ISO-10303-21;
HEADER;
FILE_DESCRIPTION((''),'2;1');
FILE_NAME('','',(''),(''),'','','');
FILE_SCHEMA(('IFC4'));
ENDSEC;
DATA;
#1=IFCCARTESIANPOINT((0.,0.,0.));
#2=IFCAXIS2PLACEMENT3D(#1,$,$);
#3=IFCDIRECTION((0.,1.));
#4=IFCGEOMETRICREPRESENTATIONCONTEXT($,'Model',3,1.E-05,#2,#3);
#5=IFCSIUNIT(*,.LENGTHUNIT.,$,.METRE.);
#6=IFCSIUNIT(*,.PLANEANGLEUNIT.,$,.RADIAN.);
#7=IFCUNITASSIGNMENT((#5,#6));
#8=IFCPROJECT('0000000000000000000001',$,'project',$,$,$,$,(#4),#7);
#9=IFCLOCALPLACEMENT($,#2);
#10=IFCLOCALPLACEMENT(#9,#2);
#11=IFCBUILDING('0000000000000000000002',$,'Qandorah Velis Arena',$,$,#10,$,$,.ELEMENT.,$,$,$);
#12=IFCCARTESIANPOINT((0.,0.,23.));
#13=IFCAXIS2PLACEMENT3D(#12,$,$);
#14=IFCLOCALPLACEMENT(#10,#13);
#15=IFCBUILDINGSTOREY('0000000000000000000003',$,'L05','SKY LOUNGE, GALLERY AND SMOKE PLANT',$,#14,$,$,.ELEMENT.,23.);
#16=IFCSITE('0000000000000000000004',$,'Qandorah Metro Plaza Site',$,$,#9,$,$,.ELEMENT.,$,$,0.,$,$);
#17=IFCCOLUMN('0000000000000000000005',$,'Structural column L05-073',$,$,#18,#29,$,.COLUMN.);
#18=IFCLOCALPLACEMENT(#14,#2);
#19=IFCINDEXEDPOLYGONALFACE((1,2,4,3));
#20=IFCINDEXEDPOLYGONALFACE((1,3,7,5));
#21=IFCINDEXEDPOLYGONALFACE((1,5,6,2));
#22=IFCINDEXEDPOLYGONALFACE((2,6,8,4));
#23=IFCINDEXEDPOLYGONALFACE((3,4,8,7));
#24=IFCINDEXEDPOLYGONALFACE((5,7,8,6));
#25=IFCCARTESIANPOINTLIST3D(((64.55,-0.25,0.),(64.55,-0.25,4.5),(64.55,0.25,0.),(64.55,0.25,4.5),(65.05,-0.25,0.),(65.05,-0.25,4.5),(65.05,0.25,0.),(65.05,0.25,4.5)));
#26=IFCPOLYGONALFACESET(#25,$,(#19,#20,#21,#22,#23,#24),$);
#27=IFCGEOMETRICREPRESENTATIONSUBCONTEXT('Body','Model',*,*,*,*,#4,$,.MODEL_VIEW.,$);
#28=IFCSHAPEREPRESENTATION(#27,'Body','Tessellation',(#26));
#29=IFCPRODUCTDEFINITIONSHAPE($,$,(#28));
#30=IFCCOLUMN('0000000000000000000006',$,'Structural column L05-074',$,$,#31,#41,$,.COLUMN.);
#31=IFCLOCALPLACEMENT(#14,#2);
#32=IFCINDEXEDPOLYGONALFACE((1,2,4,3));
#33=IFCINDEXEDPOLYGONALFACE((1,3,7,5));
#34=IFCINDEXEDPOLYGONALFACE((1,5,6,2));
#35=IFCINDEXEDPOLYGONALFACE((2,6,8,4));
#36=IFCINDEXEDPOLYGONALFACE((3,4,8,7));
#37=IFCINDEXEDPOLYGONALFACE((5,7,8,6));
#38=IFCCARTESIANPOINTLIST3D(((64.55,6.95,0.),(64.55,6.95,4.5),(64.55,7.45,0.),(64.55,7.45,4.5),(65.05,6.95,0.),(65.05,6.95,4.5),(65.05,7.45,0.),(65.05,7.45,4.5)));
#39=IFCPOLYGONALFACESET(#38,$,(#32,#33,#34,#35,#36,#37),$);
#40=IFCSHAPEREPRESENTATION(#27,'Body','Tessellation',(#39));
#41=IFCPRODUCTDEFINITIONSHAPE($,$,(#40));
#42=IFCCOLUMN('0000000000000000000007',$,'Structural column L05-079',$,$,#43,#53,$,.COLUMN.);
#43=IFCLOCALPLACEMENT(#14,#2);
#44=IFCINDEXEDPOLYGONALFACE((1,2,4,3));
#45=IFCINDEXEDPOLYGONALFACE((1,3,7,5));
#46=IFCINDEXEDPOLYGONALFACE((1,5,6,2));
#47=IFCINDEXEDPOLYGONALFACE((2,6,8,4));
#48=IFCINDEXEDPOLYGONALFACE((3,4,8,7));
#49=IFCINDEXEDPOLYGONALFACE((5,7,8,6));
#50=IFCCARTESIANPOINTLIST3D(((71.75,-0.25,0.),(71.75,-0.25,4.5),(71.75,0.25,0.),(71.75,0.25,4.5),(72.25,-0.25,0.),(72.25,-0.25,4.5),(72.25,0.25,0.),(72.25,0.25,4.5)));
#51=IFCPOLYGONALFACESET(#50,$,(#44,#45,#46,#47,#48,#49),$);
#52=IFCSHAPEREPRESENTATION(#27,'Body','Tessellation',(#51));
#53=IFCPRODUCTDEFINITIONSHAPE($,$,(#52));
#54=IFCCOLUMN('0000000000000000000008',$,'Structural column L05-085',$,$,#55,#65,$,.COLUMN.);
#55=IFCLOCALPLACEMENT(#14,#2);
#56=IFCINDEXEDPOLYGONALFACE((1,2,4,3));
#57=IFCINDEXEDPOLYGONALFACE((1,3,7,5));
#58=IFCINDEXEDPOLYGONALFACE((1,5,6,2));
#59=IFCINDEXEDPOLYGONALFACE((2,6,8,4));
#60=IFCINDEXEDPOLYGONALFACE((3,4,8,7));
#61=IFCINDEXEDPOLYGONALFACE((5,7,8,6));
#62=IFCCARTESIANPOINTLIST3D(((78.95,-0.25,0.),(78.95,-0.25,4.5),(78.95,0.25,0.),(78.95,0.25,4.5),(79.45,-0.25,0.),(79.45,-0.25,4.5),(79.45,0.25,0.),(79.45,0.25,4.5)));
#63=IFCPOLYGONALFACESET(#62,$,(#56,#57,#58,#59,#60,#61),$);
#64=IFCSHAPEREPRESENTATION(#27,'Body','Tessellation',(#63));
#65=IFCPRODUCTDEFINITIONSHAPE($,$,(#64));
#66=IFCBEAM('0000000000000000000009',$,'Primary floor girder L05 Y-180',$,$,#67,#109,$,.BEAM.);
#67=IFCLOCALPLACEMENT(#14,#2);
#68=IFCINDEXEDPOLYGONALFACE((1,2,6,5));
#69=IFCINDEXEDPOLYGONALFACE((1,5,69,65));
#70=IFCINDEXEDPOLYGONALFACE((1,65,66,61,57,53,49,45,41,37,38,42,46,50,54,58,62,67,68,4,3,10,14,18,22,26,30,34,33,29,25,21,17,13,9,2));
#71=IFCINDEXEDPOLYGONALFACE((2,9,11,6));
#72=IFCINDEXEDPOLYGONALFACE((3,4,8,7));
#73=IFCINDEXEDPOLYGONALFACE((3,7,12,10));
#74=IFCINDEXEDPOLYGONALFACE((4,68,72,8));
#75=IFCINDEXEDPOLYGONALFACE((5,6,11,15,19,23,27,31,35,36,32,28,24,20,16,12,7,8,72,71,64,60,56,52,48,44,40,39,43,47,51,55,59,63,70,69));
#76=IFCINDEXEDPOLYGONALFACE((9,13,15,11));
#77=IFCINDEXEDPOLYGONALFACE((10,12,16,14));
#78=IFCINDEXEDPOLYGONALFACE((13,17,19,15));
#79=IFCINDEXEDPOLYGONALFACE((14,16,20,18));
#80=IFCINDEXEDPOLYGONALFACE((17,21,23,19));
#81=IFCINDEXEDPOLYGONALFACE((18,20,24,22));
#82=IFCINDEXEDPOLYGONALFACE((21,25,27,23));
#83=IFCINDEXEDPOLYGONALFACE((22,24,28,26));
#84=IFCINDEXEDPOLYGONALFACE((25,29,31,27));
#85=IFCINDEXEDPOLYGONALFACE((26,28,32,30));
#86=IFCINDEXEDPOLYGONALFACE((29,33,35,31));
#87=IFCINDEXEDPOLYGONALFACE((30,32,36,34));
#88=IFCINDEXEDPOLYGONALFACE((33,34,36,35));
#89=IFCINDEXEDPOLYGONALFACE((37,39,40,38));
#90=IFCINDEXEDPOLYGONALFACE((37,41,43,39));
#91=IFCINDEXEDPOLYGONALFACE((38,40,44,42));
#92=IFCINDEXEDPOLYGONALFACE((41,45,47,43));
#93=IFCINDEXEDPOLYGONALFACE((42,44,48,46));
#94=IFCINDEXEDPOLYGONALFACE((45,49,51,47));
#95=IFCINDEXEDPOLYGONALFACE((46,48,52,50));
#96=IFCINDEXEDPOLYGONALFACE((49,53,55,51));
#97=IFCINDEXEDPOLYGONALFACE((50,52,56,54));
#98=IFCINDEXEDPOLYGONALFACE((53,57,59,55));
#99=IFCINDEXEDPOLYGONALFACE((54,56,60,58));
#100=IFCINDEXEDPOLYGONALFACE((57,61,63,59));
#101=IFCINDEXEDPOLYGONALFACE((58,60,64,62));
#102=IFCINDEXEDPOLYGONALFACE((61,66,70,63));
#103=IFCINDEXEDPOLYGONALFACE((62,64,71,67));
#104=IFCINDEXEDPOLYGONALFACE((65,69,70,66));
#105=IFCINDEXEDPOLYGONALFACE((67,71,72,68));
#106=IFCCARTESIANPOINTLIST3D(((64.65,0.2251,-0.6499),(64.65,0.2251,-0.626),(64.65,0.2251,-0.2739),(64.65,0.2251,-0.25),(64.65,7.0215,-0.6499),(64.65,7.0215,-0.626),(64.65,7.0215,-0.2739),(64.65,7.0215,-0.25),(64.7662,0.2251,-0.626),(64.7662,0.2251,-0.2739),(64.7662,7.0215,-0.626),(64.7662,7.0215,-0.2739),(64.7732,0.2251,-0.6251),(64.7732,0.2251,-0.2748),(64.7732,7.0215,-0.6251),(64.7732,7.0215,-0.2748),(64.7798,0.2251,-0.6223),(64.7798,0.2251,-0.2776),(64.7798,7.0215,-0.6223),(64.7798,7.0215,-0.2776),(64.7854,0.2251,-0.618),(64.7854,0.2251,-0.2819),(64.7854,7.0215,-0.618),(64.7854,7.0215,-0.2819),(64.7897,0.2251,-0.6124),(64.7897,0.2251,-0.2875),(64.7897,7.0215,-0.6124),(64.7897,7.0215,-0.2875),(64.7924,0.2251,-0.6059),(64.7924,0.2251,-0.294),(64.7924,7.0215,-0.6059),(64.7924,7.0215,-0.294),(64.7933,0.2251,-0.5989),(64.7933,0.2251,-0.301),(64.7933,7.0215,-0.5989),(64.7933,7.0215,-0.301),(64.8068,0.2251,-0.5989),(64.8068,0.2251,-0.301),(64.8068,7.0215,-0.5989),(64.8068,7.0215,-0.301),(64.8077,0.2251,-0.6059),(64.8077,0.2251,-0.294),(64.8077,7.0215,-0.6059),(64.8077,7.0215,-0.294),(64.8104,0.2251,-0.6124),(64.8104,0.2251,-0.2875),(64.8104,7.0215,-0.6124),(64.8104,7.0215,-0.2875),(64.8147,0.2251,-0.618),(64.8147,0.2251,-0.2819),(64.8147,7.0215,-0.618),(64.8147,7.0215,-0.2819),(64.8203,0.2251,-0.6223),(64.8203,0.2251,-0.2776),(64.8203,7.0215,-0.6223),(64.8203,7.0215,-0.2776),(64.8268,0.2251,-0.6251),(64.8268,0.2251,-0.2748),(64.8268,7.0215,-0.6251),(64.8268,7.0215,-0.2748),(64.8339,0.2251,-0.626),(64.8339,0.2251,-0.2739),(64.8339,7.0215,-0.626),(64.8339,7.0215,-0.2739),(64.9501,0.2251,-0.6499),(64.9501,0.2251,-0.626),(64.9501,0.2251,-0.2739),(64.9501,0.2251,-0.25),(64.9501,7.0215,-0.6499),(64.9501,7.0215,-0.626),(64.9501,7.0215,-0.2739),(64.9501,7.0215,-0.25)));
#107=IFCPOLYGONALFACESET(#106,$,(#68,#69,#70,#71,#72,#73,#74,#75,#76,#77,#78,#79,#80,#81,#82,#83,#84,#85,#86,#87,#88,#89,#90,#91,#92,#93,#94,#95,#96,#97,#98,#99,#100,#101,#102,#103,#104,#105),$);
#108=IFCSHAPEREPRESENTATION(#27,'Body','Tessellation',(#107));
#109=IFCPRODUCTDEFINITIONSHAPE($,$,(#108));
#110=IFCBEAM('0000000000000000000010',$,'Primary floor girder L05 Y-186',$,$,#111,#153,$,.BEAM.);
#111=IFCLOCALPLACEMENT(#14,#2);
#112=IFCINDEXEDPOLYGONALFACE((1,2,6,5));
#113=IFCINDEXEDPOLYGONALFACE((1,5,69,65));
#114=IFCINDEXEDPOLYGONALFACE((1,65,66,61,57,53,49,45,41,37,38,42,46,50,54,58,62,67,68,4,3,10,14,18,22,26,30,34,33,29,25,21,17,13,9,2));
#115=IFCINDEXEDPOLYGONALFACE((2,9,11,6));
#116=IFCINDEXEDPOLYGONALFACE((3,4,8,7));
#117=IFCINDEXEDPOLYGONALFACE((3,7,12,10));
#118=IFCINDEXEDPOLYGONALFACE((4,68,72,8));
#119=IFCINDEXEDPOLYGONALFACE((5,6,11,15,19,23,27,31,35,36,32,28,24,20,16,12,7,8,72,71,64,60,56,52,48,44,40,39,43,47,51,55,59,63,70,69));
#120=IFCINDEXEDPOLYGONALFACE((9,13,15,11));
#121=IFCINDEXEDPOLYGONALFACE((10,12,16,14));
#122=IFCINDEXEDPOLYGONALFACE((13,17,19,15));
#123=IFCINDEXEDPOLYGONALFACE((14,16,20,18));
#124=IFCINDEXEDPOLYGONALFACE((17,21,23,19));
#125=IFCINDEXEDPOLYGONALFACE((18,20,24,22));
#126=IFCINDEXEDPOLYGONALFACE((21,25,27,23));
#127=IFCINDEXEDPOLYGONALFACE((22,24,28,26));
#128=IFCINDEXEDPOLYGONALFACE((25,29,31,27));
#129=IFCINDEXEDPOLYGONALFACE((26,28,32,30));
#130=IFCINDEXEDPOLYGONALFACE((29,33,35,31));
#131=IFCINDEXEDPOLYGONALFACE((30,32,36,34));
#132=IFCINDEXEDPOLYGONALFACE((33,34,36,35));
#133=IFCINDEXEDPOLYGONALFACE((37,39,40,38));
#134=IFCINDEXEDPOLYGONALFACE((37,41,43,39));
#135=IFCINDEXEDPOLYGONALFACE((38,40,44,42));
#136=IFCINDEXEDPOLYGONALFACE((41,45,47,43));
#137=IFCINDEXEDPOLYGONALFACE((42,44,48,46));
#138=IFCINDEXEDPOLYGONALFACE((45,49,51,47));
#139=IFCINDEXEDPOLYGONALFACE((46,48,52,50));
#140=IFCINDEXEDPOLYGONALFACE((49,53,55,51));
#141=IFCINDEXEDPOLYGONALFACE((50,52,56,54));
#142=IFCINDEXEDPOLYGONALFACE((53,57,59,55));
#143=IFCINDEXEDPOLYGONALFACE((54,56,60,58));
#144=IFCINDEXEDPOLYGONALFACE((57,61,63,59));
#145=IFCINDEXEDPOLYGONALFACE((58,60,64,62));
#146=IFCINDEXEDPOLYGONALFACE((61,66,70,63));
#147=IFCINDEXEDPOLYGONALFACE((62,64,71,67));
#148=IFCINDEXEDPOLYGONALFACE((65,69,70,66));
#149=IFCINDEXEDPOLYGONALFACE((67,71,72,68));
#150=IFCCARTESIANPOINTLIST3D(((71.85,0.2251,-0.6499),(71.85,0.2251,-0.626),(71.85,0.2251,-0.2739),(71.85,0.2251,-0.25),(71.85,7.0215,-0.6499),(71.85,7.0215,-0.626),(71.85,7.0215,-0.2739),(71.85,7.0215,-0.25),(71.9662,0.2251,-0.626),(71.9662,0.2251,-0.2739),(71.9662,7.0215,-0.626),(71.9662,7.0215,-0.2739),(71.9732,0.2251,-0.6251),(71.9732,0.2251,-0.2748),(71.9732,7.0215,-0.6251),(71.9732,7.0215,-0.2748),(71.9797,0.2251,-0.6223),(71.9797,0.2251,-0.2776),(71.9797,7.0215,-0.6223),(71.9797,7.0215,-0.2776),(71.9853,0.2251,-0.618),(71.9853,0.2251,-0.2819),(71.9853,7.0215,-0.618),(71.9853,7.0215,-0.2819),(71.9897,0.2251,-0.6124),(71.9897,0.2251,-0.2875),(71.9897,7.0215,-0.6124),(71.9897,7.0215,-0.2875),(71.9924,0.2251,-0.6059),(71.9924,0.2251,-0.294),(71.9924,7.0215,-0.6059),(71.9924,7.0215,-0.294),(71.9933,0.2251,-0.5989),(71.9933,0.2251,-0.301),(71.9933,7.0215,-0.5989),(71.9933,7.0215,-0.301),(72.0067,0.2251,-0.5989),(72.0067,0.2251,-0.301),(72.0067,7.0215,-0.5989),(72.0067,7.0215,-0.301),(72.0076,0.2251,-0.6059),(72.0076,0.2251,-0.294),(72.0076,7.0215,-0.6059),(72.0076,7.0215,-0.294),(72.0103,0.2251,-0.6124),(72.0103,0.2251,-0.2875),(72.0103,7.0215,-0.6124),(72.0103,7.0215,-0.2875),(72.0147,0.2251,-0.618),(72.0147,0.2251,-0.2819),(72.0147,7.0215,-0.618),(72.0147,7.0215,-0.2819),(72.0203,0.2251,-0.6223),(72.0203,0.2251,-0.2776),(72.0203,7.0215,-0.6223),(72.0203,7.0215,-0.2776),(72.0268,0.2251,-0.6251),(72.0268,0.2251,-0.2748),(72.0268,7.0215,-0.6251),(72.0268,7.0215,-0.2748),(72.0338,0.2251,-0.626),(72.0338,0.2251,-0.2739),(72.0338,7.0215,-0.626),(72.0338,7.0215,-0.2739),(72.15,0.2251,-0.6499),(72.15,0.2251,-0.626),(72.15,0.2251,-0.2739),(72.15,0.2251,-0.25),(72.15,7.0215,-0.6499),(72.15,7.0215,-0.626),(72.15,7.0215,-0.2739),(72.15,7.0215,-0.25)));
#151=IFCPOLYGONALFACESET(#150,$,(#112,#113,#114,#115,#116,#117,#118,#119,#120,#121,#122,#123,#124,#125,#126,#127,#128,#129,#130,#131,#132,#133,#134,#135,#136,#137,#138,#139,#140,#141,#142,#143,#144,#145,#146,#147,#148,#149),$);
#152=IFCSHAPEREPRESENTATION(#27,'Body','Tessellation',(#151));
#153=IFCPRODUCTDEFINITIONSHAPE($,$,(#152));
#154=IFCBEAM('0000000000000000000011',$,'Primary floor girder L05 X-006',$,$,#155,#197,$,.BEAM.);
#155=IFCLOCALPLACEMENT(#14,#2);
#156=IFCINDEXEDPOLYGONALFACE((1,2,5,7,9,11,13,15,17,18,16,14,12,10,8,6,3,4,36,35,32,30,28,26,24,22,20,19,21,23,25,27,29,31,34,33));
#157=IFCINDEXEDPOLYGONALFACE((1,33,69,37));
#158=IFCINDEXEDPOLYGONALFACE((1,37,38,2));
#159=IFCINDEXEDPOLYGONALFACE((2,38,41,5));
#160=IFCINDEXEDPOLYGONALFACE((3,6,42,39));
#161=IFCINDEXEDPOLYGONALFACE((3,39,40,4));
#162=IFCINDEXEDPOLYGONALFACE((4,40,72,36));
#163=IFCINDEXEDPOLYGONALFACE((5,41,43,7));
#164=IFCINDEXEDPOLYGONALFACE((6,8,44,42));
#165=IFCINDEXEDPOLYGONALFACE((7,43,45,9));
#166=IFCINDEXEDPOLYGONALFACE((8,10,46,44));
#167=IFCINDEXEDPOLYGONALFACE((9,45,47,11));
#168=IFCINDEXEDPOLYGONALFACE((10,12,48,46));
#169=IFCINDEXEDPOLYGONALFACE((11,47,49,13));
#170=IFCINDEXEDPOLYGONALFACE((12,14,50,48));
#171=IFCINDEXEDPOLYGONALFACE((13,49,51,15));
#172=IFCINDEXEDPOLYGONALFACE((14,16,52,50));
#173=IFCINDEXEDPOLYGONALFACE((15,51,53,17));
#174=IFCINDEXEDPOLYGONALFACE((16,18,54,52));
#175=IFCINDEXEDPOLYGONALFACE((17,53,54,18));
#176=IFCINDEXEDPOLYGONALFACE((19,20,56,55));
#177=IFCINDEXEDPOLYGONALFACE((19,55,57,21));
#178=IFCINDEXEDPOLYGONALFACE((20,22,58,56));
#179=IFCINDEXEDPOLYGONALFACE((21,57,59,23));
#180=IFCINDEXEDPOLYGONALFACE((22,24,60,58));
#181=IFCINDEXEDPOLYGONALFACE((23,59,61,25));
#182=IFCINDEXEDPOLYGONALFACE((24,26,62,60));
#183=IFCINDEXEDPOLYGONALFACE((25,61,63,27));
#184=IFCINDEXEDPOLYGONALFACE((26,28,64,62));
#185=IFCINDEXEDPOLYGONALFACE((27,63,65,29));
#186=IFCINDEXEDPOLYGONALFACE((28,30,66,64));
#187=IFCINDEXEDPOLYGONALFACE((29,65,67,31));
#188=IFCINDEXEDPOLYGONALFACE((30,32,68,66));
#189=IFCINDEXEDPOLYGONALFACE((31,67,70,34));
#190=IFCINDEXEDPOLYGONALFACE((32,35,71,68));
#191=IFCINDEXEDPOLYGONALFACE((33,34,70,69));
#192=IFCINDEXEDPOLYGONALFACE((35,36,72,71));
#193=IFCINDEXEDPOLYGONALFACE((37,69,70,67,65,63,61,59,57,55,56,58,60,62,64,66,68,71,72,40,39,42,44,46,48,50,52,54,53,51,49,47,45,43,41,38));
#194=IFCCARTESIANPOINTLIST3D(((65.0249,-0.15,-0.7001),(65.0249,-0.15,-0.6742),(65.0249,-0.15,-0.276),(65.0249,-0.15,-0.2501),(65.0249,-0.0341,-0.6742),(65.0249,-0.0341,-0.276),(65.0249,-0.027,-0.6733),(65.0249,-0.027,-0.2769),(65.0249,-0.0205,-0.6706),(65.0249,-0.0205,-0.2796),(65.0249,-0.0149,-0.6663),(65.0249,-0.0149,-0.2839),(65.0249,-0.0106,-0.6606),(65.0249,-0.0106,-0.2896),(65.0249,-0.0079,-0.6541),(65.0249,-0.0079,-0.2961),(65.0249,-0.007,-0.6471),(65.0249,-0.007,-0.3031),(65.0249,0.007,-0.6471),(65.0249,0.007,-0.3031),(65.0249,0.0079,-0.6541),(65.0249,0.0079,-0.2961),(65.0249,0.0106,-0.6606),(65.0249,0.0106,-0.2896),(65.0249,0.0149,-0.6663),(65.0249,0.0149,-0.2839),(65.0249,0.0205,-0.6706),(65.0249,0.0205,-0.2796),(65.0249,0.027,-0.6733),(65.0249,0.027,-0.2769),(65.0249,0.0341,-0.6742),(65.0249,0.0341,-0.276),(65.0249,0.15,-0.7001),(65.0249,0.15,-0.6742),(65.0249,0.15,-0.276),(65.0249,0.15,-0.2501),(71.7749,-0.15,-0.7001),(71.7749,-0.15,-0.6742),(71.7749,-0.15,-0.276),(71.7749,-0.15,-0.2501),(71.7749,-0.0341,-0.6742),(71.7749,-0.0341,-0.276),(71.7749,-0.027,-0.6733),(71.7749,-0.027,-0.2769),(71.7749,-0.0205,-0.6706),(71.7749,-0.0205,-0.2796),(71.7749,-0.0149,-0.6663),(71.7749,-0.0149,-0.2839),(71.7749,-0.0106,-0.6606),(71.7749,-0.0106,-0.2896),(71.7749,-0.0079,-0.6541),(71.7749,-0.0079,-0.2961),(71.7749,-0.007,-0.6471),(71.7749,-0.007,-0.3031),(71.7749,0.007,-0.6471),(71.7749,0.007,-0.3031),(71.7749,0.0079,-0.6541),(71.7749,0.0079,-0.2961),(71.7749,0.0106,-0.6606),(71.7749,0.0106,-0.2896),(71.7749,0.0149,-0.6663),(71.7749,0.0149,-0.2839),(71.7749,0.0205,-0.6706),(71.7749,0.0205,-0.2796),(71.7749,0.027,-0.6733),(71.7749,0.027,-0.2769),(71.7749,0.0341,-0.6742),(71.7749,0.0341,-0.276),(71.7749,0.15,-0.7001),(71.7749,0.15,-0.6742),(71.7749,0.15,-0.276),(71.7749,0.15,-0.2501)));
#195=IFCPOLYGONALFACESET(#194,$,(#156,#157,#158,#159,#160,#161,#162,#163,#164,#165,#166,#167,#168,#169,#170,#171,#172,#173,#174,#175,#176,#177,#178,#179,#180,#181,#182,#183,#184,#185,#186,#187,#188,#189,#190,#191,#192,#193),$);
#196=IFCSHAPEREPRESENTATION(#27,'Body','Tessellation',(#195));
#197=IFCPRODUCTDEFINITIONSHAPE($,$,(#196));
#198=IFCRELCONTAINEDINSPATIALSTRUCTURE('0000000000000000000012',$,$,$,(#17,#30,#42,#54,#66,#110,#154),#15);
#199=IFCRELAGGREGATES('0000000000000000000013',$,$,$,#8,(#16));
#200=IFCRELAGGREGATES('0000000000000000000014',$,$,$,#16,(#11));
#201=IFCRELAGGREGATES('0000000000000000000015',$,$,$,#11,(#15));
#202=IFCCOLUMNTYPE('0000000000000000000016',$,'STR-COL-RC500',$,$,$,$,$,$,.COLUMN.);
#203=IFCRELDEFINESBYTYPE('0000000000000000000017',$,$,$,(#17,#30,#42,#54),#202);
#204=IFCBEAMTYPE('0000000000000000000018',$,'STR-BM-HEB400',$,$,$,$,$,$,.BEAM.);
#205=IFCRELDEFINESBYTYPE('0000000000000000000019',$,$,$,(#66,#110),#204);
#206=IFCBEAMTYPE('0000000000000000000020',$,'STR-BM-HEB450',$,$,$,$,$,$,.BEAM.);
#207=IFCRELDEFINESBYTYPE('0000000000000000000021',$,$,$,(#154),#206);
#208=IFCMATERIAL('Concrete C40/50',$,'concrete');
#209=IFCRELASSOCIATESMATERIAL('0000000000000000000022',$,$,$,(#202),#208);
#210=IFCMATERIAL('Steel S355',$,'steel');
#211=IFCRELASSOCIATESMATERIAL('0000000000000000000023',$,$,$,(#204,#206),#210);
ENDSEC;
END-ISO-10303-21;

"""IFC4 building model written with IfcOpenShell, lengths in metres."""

from ifc_helpers import new_model, si_unit, direction, frame, origin, origin_2d, place, context, subcontext, project, spatial, rectangle, i_section, extrude, material, material_profile, profile_set, type_object, element, save


model = new_model("IFC4")

# Units and contexts
model_context = context("Model", 3, precision=1e-05, world=origin(), true_north=direction((0.0, 1.0)))
body_context = subcontext(model_context, "Body", "Model", "MODEL_VIEW")
ifc_project = project(units=[si_unit("LENGTHUNIT", "METRE"), si_unit("PLANEANGLEUNIT", "RADIAN")], contexts=[model_context])

# Site, building, storey
site_placement = place(None, origin())
site = spatial("IfcSite", under=ifc_project, at=site_placement, Name="Qandorah Metro Plaza Site", CompositionType="ELEMENT", RefElevation=0.0)
building_placement = place(site_placement, origin())
building = spatial("IfcBuilding", under=site, at=building_placement, Name="Qandorah Velis Arena", CompositionType="ELEMENT")
storey_placement = place(building_placement, frame((0.0, 0.0, 23.0)))
storey = spatial("IfcBuildingStorey", under=building, at=storey_placement, Name="L05", Description="SKY LOUNGE, GALLERY AND SMOKE PLANT", CompositionType="ELEMENT", Elevation=23.0)

# Columns
ifc_material_1 = material(Name="Concrete C40/50", Category="concrete")
ifc_material_profile_1 = material_profile(ifc_material_1, rectangle(XDim=0.5, YDim=0.5, at=origin_2d()), Name="RC COL 500x500")
ifc_profile_set_1 = profile_set([ifc_material_profile_1], Name="Concrete C40/50")
column_type = type_object("IfcColumnType", Name="STR-COL-RC500", PredefinedType="COLUMN", material=ifc_profile_set_1)
for number, where, z_axis, x_axis, name in (
    (1, (64.8, 0.0, 0.0), (0.0, 0.0, 1.0), (1.0, 0.0, 0.0), "Structural column L05-073"),
    (2, (64.8, 7.2, 0.0), (0.0, 0.0, 1.0), (1.0, 0.0, 0.0), "Structural column L05-074"),
    (3, (72.0, 0.0, 0.0), (0.0, 0.0, 1.0), (1.0, 0.0, 0.0), "Structural column L05-079"),
    (4, (79.2, 0.0, 0.0), (0.0, 0.0, 1.0), (1.0, 0.0, 0.0), "Structural column L05-085"),
):
    element("IfcColumn", number, at=place(storey_placement, frame(where, z_axis=z_axis, x_axis=x_axis)), inside=storey, type_object=column_type, Name=name, PredefinedType="COLUMN", context=body_context, shape_type="SweptSolid", body=[
        extrude(rectangle(XDim=0.5, YDim=0.5, at=origin_2d()), origin(), (0.0, 0.0, 1.0), 4.5),
    ])

# Beams
ifc_material_2 = material(Name="Steel S355", Category="steel")
ifc_material_profile_2 = material_profile(ifc_material_2, i_section(OverallWidth=0.3, OverallDepth=0.3999, WebThickness=0.0134, FlangeThickness=0.0239, FilletRadius=0.0271, at=origin_2d()), Name="HEB 400")
ifc_profile_set_2 = profile_set([ifc_material_profile_2], Name="Steel S355")
beam_type_1 = type_object("IfcBeamType", Name="STR-BM-HEB400", PredefinedType="BEAM", material=ifc_profile_set_2)
for number, where, z_axis, x_axis, name in (
    (5, (64.8, 0.2251, -0.45), (0.0, 1.0, 0.0), (-1.0, 0.0, 0.0), "Primary floor girder L05 Y-180"),
    (6, (72.0, 0.2251, -0.45), (0.0, 1.0, 0.0), (-1.0, 0.0, 0.0), "Primary floor girder L05 Y-186"),
):
    element("IfcBeam", number, at=place(storey_placement, frame(where, z_axis=z_axis, x_axis=x_axis)), inside=storey, type_object=beam_type_1, Name=name, PredefinedType="BEAM", context=body_context, shape_type="SweptSolid", body=[
        extrude(i_section(OverallWidth=0.3, OverallDepth=0.3999, WebThickness=0.0134, FlangeThickness=0.0239, FilletRadius=0.0271, at=origin_2d()), origin(), (0.0, 0.0, 1.0), 6.7964),
    ])
ifc_material_profile_3 = material_profile(ifc_material_2, i_section(OverallWidth=0.3, OverallDepth=0.45, WebThickness=0.0139, FlangeThickness=0.0259, FilletRadius=0.0271, at=origin_2d()), Name="HEB 450")
ifc_profile_set_3 = profile_set([ifc_material_profile_3], Name="Steel S355")
beam_type_2 = type_object("IfcBeamType", Name="STR-BM-HEB450", PredefinedType="BEAM", material=ifc_profile_set_3)
for number, where, z_axis, x_axis, name in (
    (7, (65.0249, 0.0, -0.4751), (1.0, 0.0, 0.0), (0.0, 1.0, 0.0), "Primary floor girder L05 X-006"),
):
    element("IfcBeam", number, at=place(storey_placement, frame(where, z_axis=z_axis, x_axis=x_axis)), inside=storey, type_object=beam_type_2, Name=name, PredefinedType="BEAM", context=body_context, shape_type="SweptSolid", body=[
        extrude(i_section(OverallWidth=0.3, OverallDepth=0.45, WebThickness=0.0139, FlangeThickness=0.0259, FilletRadius=0.0271, at=origin_2d()), origin(), (0.0, 0.0, 1.0), 6.75),
    ])

save(model, "model.ifc")
